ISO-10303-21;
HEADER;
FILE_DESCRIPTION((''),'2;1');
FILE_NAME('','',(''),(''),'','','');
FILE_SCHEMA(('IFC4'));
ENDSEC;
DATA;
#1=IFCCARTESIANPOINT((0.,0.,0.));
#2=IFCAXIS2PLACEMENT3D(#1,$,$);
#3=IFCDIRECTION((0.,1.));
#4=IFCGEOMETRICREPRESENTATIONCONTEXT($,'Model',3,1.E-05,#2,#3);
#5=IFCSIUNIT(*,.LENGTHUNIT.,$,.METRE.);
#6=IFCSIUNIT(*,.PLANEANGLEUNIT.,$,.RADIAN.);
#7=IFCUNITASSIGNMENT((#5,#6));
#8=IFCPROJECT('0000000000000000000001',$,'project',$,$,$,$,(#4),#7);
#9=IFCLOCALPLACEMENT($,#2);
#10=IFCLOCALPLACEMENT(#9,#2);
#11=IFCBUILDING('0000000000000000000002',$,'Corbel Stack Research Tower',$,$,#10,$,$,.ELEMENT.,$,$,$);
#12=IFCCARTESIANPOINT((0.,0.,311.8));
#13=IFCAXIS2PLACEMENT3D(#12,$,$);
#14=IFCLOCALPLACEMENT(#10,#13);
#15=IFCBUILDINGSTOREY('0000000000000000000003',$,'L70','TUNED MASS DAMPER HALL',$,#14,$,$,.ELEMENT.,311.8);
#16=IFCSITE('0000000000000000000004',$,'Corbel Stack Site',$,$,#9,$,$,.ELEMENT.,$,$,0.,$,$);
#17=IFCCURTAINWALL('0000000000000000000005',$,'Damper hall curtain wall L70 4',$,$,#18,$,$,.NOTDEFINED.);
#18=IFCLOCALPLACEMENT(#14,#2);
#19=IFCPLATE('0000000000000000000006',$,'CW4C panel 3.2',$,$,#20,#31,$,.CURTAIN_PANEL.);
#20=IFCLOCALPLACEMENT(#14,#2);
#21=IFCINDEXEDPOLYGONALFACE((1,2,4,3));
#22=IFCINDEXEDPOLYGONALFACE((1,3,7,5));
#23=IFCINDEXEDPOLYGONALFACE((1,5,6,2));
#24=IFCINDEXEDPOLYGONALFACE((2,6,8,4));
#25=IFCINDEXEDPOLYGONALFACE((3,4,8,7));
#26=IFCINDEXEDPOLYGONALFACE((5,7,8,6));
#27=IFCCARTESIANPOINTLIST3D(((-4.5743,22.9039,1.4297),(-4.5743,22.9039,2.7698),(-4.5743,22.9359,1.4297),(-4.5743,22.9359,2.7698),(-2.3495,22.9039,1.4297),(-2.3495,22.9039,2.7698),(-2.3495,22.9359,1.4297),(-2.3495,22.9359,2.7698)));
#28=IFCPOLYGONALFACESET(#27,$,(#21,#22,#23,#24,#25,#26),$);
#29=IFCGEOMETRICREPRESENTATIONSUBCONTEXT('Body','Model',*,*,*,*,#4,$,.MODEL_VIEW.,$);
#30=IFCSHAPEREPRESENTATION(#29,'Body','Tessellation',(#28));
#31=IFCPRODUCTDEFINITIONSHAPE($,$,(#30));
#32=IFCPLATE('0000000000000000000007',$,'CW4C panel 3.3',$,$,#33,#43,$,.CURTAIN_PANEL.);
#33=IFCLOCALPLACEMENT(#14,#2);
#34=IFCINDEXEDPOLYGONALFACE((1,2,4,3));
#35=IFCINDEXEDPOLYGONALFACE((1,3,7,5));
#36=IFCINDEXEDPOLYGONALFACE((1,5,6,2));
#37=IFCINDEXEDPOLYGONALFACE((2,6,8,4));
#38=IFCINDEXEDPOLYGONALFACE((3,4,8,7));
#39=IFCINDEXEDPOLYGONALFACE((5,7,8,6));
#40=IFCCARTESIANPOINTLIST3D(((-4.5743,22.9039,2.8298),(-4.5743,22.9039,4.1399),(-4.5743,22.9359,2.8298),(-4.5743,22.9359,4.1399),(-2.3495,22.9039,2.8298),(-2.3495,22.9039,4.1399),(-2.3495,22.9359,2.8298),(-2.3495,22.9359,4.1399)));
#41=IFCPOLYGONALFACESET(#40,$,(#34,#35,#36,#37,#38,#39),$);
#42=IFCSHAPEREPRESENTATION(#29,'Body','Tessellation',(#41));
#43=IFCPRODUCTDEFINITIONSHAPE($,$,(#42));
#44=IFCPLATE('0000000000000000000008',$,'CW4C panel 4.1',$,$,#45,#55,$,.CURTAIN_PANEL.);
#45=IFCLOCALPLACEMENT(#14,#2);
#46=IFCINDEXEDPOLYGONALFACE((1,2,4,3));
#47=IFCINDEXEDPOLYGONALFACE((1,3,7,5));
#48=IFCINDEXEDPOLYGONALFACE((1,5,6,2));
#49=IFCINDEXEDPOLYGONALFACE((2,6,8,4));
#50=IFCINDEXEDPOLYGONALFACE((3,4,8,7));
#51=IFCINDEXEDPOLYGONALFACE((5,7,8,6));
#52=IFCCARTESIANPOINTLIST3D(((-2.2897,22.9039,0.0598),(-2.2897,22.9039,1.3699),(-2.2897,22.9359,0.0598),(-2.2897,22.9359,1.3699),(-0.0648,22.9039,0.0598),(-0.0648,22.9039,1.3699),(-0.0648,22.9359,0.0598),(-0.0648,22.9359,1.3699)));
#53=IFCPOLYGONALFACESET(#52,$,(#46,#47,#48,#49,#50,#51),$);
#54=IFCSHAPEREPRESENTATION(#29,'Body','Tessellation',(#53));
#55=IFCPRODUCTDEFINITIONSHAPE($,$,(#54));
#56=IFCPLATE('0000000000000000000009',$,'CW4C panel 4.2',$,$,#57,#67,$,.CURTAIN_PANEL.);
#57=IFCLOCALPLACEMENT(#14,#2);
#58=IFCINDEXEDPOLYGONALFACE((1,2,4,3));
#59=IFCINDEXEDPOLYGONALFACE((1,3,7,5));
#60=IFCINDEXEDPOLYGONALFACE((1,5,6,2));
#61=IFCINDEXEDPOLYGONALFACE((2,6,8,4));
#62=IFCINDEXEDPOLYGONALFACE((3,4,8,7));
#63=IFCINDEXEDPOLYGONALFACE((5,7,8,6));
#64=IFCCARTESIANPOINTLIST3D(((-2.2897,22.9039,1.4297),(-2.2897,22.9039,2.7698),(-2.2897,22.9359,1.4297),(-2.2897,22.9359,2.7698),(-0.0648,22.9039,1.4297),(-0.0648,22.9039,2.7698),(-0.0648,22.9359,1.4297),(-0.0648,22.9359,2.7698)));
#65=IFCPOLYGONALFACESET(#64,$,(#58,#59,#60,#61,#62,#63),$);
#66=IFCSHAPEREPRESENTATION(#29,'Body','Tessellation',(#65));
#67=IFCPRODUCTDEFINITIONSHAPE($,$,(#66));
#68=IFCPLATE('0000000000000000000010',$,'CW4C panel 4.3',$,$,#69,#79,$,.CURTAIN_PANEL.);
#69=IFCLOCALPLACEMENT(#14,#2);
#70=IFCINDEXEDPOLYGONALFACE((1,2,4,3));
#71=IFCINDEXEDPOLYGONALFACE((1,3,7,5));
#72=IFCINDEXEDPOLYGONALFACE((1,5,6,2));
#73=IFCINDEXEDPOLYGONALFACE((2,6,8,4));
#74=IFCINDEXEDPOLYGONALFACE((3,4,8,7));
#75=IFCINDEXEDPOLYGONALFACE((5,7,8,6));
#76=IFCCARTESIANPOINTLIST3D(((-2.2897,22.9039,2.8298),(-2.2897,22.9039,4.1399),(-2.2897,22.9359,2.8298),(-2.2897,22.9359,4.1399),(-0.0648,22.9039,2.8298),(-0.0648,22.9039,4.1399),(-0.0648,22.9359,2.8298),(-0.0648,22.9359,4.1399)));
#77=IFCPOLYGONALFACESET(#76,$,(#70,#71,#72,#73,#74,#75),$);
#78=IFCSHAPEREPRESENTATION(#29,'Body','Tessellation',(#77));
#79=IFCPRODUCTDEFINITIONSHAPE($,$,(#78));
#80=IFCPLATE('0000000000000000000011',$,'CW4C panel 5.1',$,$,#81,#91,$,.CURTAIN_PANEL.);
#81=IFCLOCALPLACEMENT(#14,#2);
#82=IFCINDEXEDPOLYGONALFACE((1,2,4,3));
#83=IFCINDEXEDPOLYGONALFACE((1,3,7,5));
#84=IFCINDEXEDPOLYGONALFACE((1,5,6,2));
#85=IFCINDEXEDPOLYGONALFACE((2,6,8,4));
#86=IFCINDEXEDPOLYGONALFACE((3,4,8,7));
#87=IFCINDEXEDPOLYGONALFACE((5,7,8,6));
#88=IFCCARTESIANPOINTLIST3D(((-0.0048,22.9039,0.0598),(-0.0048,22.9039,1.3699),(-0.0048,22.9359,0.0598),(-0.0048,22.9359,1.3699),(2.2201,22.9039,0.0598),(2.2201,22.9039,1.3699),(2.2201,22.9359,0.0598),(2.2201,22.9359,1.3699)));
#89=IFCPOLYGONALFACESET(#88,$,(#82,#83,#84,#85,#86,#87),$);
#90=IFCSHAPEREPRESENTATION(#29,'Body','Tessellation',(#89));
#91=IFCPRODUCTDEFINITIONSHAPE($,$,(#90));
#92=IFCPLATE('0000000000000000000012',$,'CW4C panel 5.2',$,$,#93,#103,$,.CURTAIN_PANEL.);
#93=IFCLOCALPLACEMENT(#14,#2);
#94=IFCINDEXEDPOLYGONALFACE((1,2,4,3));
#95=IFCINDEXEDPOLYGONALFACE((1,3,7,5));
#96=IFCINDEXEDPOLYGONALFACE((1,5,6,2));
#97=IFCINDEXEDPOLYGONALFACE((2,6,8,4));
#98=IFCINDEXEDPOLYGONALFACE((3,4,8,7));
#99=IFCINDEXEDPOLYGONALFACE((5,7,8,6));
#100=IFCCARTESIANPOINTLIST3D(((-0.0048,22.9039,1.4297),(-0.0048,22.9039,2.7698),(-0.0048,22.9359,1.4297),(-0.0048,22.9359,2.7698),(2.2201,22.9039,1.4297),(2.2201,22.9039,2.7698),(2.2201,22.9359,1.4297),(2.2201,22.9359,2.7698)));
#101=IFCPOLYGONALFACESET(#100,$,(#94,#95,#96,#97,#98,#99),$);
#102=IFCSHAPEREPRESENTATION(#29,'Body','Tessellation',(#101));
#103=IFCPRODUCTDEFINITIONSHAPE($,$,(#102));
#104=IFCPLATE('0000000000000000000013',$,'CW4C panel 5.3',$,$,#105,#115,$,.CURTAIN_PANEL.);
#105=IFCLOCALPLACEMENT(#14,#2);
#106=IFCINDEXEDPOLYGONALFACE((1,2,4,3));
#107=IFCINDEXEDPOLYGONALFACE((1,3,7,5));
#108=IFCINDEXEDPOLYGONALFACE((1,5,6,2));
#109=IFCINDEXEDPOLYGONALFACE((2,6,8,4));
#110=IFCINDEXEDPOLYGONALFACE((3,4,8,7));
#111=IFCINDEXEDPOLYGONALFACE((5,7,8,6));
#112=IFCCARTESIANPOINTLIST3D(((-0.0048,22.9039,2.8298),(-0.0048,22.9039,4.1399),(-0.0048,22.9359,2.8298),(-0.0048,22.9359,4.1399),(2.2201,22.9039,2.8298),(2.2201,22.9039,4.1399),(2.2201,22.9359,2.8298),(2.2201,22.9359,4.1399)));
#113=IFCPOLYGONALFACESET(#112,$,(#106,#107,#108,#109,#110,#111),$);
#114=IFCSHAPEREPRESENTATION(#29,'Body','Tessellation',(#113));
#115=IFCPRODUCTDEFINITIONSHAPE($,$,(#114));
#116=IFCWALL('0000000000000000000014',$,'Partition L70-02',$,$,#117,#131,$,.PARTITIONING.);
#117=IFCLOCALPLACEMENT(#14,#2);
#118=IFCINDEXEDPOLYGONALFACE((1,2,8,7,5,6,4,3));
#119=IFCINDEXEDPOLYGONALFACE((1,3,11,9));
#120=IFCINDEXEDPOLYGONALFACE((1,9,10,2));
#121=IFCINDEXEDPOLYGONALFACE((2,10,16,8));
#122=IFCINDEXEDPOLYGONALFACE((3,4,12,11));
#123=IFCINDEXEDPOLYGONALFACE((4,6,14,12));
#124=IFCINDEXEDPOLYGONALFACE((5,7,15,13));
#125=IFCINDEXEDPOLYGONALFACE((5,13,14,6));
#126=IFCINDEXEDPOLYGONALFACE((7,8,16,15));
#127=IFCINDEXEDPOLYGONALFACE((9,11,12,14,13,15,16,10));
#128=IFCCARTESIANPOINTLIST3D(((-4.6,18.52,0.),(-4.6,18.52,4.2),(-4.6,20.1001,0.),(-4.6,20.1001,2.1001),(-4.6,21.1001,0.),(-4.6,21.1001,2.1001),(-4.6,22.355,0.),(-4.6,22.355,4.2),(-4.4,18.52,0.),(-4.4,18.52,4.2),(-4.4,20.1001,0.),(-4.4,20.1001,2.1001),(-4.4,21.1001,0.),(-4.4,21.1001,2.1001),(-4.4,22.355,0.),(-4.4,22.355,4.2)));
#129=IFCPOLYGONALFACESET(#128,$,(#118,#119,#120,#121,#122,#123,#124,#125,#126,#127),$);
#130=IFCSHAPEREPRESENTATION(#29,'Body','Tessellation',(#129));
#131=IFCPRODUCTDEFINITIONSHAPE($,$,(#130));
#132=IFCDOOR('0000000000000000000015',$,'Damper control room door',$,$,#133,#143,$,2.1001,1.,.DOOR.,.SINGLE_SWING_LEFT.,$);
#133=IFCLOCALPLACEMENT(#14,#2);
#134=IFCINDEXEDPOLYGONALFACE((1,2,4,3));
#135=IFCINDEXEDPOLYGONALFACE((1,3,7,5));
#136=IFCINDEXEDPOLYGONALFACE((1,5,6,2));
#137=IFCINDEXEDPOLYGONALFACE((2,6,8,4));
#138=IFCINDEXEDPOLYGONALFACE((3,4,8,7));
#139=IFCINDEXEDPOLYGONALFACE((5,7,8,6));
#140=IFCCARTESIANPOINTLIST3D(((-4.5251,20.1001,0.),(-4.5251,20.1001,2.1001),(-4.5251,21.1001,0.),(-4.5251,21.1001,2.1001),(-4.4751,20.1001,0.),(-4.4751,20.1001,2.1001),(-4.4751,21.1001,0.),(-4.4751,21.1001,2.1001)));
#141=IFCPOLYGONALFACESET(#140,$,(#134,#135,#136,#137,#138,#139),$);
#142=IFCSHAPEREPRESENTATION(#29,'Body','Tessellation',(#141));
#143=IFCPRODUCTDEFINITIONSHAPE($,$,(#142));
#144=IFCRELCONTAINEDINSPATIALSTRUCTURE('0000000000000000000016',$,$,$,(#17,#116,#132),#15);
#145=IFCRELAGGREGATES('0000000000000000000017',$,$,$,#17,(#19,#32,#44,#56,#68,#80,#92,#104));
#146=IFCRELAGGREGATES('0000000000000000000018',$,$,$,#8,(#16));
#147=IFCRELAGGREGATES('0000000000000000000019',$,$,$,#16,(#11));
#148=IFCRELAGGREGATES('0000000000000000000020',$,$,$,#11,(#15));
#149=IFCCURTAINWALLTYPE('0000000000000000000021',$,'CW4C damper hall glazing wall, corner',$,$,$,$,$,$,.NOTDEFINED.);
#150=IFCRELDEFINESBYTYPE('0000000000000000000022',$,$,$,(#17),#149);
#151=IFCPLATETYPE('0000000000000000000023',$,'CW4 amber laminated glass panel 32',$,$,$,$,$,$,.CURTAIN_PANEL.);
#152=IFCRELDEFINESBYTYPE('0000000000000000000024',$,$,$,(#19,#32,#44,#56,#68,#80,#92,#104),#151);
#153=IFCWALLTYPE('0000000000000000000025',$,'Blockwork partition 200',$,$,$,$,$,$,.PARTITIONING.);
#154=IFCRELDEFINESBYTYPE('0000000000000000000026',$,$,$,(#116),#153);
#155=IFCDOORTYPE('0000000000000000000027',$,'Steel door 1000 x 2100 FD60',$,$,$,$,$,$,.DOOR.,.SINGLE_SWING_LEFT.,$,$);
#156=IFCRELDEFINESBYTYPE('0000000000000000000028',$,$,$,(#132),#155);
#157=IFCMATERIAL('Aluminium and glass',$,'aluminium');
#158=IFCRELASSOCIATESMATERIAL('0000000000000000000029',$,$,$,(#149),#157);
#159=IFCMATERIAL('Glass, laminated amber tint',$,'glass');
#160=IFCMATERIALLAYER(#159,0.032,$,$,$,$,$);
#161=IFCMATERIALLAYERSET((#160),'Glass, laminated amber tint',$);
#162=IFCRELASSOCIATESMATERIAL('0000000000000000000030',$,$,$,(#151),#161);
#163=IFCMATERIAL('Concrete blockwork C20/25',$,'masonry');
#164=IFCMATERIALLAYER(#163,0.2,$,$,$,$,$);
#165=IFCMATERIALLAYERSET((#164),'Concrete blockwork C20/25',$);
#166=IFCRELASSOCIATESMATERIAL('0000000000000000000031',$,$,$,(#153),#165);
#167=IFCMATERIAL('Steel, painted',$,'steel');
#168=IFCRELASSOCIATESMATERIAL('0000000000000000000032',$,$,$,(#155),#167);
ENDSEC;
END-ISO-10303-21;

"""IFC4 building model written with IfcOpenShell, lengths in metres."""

from ifc_helpers import new_model, si_unit, direction, frame, frame_2d, origin, origin_2d, place, context, subcontext, project, spatial, rectangle, extrude, material, layer, layer_set, type_object, element, fill, aggregate, save


model = new_model("IFC4")

# Units and contexts
model_context = context("Model", 3, precision=1e-05, world=origin(), true_north=direction((0.0, 1.0)))
body_context = subcontext(model_context, "Body", "Model", "MODEL_VIEW")
ifc_project = project(units=[si_unit("LENGTHUNIT", "METRE"), si_unit("PLANEANGLEUNIT", "RADIAN")], contexts=[model_context])

# Site, building, storey
site_placement = place(None, origin())
site = spatial("IfcSite", under=ifc_project, at=site_placement, Name="Corbel Stack Site", CompositionType="ELEMENT", RefElevation=0.0)
building_placement = place(site_placement, origin())
building = spatial("IfcBuilding", under=site, at=building_placement, Name="Corbel Stack Research Tower", CompositionType="ELEMENT")
storey_placement = place(building_placement, frame((0.0, 0.0, 311.8)))
storey = spatial("IfcBuildingStorey", under=building, at=storey_placement, Name="L70", Description="TUNED MASS DAMPER HALL", CompositionType="ELEMENT", Elevation=311.8)

# Curtain wall
ifc_material_1 = material(Name="Aluminium and glass", Category="aluminium")
curtain_wall_type = type_object("IfcCurtainWallType", Name="CW4C damper hall glazing wall, corner", PredefinedType="NOTDEFINED", material=ifc_material_1)
curtain_wall_placement = place(storey_placement, origin())
curtain_wall = element("IfcCurtainWall", 1, at=curtain_wall_placement, inside=storey, type_object=curtain_wall_type, Name="Damper hall curtain wall L70 4", PredefinedType="NOTDEFINED")

# Plates
ifc_material_2 = material(Name="Glass, laminated amber tint", Category="glass")
ifc_layer_1 = layer(ifc_material_2, 0.032)
ifc_layer_set_1 = layer_set([ifc_layer_1], Name="Glass, laminated amber tint")
plate_type = type_object("IfcPlateType", Name="CW4 amber laminated glass panel 32", PredefinedType="CURTAIN_PANEL", material=ifc_layer_set_1)
plate_1_placement = place(storey_placement, frame((-3.4619, 22.9199, 1.4297), z_axis=(0.0, 0.0, 1.0), x_axis=(1.0, 0.0, 0.0)))
plate_1 = element("IfcPlate", 2, at=plate_1_placement, type_object=plate_type, Name="CW4C panel 3.2", PredefinedType="CURTAIN_PANEL", context=body_context, shape_type="SweptSolid", body=[
    extrude(rectangle(XDim=2.2249, YDim=0.032, at=origin_2d()), origin(), (0.0, 0.0, 1.0), 1.3401),
])
plate_2_placement = place(storey_placement, frame((-3.4619, 22.9199, 2.8298), z_axis=(0.0, 0.0, 1.0), x_axis=(1.0, 0.0, 0.0)))
plate_2 = element("IfcPlate", 3, at=plate_2_placement, type_object=plate_type, Name="CW4C panel 3.3", PredefinedType="CURTAIN_PANEL", context=body_context, shape_type="SweptSolid", body=[
    extrude(rectangle(XDim=2.2249, YDim=0.032, at=origin_2d()), origin(), (0.0, 0.0, 1.0), 1.3101),
])
plate_3_placement = place(storey_placement, frame((-1.1772, 22.9199, 0.0598), z_axis=(0.0, 0.0, 1.0), x_axis=(1.0, 0.0, 0.0)))
plate_3 = element("IfcPlate", 4, at=plate_3_placement, type_object=plate_type, Name="CW4C panel 4.1", PredefinedType="CURTAIN_PANEL", context=body_context, shape_type="SweptSolid", body=[
    extrude(rectangle(XDim=2.2249, YDim=0.032, at=origin_2d()), origin(), (0.0, 0.0, 1.0), 1.3101),
])
plate_4_placement = place(storey_placement, frame((-1.1772, 22.9199, 1.4297), z_axis=(0.0, 0.0, 1.0), x_axis=(1.0, 0.0, 0.0)))
plate_4 = element("IfcPlate", 5, at=plate_4_placement, type_object=plate_type, Name="CW4C panel 4.2", PredefinedType="CURTAIN_PANEL", context=body_context, shape_type="SweptSolid", body=[
    extrude(rectangle(XDim=2.2249, YDim=0.032, at=origin_2d()), origin(), (0.0, 0.0, 1.0), 1.3401),
])
plate_5_placement = place(storey_placement, frame((-1.1772, 22.9199, 2.8298), z_axis=(0.0, 0.0, 1.0), x_axis=(1.0, 0.0, 0.0)))
plate_5 = element("IfcPlate", 6, at=plate_5_placement, type_object=plate_type, Name="CW4C panel 4.3", PredefinedType="CURTAIN_PANEL", context=body_context, shape_type="SweptSolid", body=[
    extrude(rectangle(XDim=2.2249, YDim=0.032, at=origin_2d()), origin(), (0.0, 0.0, 1.0), 1.3101),
])
plate_6_placement = place(storey_placement, frame((1.1077, 22.9199, 0.0598), z_axis=(0.0, 0.0, 1.0), x_axis=(1.0, 0.0, 0.0)))
plate_6 = element("IfcPlate", 7, at=plate_6_placement, type_object=plate_type, Name="CW4C panel 5.1", PredefinedType="CURTAIN_PANEL", context=body_context, shape_type="SweptSolid", body=[
    extrude(rectangle(XDim=2.2249, YDim=0.032, at=origin_2d()), origin(), (0.0, 0.0, 1.0), 1.3101),
])
plate_7_placement = place(storey_placement, frame((1.1077, 22.9199, 1.4297), z_axis=(0.0, 0.0, 1.0), x_axis=(1.0, 0.0, 0.0)))
plate_7 = element("IfcPlate", 8, at=plate_7_placement, type_object=plate_type, Name="CW4C panel 5.2", PredefinedType="CURTAIN_PANEL", context=body_context, shape_type="SweptSolid", body=[
    extrude(rectangle(XDim=2.2249, YDim=0.032, at=origin_2d()), origin(), (0.0, 0.0, 1.0), 1.3401),
])
plate_8_placement = place(storey_placement, frame((1.1077, 22.9199, 2.8298), z_axis=(0.0, 0.0, 1.0), x_axis=(1.0, 0.0, 0.0)))
plate_8 = element("IfcPlate", 9, at=plate_8_placement, type_object=plate_type, Name="CW4C panel 5.3", PredefinedType="CURTAIN_PANEL", context=body_context, shape_type="SweptSolid", body=[
    extrude(rectangle(XDim=2.2249, YDim=0.032, at=origin_2d()), origin(), (0.0, 0.0, 1.0), 1.3101),
])
aggregate(curtain_wall, [plate_1, plate_2, plate_3, plate_4, plate_5, plate_6, plate_7, plate_8])

# Wall, opening, door
ifc_material_3 = material(Name="Concrete blockwork C20/25", Category="masonry")
ifc_layer_2 = layer(ifc_material_3, 0.2)
ifc_layer_set_2 = layer_set([ifc_layer_2], Name="Concrete blockwork C20/25")
wall_type = type_object("IfcWallType", Name="Blockwork partition 200", PredefinedType="PARTITIONING", material=ifc_layer_set_2)
wall_placement = place(storey_placement, frame((-4.5, 22.355, 0.0), z_axis=(0.0, 0.0, 1.0), x_axis=(0.0, -1.0, 0.0)))
wall = element("IfcWall", 10, at=wall_placement, inside=storey, type_object=wall_type, Name="Partition L70-02", PredefinedType="PARTITIONING", context=body_context, shape_type="SweptSolid", body=[
    extrude(rectangle(XDim=3.835, YDim=0.2, at=frame_2d((1.9175, 0.0))), origin(), (0.0, 0.0, 1.0), 4.2),
])
opening_placement = place(wall_placement, frame((1.2549, 0.0, 0.0)))
opening = element("IfcOpeningElement", 11, at=opening_placement, cuts=wall, PredefinedType="OPENING", context=body_context, shape_type="SweptSolid", body=[
    extrude(rectangle(XDim=1.0, YDim=2.1001, at=frame_2d((0.5, 1.05))), frame((0.0, 0.1099, 0.0), z_axis=(0.0, -1.0, 0.0), x_axis=(1.0, 0.0, 0.0)), (0.0, 0.0, 1.0), 0.22),
])
ifc_material_4 = material(Name="Steel, painted", Category="steel")
door_type = type_object("IfcDoorType", Name="Steel door 1000 x 2100 FD60", OperationType="SINGLE_SWING_LEFT", PredefinedType="DOOR", material=ifc_material_4)
door_placement = place(opening_placement, origin())
door = element("IfcDoor", 12, at=door_placement, inside=storey, type_object=door_type, Name="Damper control room door", OperationType="SINGLE_SWING_LEFT", OverallHeight=2.1001, OverallWidth=1.0, PredefinedType="DOOR", context=body_context, shape_type="SweptSolid", body=[
    extrude(rectangle(XDim=1.0, YDim=2.1001, at=frame_2d((0.5, 1.05))), frame((0.0, 0.0249, 0.0), z_axis=(0.0, -1.0, 0.0), x_axis=(1.0, 0.0, 0.0)), (0.0, 0.0, 1.0), 0.05),
])
fill(opening, door)

save(model, "model.ifc")
